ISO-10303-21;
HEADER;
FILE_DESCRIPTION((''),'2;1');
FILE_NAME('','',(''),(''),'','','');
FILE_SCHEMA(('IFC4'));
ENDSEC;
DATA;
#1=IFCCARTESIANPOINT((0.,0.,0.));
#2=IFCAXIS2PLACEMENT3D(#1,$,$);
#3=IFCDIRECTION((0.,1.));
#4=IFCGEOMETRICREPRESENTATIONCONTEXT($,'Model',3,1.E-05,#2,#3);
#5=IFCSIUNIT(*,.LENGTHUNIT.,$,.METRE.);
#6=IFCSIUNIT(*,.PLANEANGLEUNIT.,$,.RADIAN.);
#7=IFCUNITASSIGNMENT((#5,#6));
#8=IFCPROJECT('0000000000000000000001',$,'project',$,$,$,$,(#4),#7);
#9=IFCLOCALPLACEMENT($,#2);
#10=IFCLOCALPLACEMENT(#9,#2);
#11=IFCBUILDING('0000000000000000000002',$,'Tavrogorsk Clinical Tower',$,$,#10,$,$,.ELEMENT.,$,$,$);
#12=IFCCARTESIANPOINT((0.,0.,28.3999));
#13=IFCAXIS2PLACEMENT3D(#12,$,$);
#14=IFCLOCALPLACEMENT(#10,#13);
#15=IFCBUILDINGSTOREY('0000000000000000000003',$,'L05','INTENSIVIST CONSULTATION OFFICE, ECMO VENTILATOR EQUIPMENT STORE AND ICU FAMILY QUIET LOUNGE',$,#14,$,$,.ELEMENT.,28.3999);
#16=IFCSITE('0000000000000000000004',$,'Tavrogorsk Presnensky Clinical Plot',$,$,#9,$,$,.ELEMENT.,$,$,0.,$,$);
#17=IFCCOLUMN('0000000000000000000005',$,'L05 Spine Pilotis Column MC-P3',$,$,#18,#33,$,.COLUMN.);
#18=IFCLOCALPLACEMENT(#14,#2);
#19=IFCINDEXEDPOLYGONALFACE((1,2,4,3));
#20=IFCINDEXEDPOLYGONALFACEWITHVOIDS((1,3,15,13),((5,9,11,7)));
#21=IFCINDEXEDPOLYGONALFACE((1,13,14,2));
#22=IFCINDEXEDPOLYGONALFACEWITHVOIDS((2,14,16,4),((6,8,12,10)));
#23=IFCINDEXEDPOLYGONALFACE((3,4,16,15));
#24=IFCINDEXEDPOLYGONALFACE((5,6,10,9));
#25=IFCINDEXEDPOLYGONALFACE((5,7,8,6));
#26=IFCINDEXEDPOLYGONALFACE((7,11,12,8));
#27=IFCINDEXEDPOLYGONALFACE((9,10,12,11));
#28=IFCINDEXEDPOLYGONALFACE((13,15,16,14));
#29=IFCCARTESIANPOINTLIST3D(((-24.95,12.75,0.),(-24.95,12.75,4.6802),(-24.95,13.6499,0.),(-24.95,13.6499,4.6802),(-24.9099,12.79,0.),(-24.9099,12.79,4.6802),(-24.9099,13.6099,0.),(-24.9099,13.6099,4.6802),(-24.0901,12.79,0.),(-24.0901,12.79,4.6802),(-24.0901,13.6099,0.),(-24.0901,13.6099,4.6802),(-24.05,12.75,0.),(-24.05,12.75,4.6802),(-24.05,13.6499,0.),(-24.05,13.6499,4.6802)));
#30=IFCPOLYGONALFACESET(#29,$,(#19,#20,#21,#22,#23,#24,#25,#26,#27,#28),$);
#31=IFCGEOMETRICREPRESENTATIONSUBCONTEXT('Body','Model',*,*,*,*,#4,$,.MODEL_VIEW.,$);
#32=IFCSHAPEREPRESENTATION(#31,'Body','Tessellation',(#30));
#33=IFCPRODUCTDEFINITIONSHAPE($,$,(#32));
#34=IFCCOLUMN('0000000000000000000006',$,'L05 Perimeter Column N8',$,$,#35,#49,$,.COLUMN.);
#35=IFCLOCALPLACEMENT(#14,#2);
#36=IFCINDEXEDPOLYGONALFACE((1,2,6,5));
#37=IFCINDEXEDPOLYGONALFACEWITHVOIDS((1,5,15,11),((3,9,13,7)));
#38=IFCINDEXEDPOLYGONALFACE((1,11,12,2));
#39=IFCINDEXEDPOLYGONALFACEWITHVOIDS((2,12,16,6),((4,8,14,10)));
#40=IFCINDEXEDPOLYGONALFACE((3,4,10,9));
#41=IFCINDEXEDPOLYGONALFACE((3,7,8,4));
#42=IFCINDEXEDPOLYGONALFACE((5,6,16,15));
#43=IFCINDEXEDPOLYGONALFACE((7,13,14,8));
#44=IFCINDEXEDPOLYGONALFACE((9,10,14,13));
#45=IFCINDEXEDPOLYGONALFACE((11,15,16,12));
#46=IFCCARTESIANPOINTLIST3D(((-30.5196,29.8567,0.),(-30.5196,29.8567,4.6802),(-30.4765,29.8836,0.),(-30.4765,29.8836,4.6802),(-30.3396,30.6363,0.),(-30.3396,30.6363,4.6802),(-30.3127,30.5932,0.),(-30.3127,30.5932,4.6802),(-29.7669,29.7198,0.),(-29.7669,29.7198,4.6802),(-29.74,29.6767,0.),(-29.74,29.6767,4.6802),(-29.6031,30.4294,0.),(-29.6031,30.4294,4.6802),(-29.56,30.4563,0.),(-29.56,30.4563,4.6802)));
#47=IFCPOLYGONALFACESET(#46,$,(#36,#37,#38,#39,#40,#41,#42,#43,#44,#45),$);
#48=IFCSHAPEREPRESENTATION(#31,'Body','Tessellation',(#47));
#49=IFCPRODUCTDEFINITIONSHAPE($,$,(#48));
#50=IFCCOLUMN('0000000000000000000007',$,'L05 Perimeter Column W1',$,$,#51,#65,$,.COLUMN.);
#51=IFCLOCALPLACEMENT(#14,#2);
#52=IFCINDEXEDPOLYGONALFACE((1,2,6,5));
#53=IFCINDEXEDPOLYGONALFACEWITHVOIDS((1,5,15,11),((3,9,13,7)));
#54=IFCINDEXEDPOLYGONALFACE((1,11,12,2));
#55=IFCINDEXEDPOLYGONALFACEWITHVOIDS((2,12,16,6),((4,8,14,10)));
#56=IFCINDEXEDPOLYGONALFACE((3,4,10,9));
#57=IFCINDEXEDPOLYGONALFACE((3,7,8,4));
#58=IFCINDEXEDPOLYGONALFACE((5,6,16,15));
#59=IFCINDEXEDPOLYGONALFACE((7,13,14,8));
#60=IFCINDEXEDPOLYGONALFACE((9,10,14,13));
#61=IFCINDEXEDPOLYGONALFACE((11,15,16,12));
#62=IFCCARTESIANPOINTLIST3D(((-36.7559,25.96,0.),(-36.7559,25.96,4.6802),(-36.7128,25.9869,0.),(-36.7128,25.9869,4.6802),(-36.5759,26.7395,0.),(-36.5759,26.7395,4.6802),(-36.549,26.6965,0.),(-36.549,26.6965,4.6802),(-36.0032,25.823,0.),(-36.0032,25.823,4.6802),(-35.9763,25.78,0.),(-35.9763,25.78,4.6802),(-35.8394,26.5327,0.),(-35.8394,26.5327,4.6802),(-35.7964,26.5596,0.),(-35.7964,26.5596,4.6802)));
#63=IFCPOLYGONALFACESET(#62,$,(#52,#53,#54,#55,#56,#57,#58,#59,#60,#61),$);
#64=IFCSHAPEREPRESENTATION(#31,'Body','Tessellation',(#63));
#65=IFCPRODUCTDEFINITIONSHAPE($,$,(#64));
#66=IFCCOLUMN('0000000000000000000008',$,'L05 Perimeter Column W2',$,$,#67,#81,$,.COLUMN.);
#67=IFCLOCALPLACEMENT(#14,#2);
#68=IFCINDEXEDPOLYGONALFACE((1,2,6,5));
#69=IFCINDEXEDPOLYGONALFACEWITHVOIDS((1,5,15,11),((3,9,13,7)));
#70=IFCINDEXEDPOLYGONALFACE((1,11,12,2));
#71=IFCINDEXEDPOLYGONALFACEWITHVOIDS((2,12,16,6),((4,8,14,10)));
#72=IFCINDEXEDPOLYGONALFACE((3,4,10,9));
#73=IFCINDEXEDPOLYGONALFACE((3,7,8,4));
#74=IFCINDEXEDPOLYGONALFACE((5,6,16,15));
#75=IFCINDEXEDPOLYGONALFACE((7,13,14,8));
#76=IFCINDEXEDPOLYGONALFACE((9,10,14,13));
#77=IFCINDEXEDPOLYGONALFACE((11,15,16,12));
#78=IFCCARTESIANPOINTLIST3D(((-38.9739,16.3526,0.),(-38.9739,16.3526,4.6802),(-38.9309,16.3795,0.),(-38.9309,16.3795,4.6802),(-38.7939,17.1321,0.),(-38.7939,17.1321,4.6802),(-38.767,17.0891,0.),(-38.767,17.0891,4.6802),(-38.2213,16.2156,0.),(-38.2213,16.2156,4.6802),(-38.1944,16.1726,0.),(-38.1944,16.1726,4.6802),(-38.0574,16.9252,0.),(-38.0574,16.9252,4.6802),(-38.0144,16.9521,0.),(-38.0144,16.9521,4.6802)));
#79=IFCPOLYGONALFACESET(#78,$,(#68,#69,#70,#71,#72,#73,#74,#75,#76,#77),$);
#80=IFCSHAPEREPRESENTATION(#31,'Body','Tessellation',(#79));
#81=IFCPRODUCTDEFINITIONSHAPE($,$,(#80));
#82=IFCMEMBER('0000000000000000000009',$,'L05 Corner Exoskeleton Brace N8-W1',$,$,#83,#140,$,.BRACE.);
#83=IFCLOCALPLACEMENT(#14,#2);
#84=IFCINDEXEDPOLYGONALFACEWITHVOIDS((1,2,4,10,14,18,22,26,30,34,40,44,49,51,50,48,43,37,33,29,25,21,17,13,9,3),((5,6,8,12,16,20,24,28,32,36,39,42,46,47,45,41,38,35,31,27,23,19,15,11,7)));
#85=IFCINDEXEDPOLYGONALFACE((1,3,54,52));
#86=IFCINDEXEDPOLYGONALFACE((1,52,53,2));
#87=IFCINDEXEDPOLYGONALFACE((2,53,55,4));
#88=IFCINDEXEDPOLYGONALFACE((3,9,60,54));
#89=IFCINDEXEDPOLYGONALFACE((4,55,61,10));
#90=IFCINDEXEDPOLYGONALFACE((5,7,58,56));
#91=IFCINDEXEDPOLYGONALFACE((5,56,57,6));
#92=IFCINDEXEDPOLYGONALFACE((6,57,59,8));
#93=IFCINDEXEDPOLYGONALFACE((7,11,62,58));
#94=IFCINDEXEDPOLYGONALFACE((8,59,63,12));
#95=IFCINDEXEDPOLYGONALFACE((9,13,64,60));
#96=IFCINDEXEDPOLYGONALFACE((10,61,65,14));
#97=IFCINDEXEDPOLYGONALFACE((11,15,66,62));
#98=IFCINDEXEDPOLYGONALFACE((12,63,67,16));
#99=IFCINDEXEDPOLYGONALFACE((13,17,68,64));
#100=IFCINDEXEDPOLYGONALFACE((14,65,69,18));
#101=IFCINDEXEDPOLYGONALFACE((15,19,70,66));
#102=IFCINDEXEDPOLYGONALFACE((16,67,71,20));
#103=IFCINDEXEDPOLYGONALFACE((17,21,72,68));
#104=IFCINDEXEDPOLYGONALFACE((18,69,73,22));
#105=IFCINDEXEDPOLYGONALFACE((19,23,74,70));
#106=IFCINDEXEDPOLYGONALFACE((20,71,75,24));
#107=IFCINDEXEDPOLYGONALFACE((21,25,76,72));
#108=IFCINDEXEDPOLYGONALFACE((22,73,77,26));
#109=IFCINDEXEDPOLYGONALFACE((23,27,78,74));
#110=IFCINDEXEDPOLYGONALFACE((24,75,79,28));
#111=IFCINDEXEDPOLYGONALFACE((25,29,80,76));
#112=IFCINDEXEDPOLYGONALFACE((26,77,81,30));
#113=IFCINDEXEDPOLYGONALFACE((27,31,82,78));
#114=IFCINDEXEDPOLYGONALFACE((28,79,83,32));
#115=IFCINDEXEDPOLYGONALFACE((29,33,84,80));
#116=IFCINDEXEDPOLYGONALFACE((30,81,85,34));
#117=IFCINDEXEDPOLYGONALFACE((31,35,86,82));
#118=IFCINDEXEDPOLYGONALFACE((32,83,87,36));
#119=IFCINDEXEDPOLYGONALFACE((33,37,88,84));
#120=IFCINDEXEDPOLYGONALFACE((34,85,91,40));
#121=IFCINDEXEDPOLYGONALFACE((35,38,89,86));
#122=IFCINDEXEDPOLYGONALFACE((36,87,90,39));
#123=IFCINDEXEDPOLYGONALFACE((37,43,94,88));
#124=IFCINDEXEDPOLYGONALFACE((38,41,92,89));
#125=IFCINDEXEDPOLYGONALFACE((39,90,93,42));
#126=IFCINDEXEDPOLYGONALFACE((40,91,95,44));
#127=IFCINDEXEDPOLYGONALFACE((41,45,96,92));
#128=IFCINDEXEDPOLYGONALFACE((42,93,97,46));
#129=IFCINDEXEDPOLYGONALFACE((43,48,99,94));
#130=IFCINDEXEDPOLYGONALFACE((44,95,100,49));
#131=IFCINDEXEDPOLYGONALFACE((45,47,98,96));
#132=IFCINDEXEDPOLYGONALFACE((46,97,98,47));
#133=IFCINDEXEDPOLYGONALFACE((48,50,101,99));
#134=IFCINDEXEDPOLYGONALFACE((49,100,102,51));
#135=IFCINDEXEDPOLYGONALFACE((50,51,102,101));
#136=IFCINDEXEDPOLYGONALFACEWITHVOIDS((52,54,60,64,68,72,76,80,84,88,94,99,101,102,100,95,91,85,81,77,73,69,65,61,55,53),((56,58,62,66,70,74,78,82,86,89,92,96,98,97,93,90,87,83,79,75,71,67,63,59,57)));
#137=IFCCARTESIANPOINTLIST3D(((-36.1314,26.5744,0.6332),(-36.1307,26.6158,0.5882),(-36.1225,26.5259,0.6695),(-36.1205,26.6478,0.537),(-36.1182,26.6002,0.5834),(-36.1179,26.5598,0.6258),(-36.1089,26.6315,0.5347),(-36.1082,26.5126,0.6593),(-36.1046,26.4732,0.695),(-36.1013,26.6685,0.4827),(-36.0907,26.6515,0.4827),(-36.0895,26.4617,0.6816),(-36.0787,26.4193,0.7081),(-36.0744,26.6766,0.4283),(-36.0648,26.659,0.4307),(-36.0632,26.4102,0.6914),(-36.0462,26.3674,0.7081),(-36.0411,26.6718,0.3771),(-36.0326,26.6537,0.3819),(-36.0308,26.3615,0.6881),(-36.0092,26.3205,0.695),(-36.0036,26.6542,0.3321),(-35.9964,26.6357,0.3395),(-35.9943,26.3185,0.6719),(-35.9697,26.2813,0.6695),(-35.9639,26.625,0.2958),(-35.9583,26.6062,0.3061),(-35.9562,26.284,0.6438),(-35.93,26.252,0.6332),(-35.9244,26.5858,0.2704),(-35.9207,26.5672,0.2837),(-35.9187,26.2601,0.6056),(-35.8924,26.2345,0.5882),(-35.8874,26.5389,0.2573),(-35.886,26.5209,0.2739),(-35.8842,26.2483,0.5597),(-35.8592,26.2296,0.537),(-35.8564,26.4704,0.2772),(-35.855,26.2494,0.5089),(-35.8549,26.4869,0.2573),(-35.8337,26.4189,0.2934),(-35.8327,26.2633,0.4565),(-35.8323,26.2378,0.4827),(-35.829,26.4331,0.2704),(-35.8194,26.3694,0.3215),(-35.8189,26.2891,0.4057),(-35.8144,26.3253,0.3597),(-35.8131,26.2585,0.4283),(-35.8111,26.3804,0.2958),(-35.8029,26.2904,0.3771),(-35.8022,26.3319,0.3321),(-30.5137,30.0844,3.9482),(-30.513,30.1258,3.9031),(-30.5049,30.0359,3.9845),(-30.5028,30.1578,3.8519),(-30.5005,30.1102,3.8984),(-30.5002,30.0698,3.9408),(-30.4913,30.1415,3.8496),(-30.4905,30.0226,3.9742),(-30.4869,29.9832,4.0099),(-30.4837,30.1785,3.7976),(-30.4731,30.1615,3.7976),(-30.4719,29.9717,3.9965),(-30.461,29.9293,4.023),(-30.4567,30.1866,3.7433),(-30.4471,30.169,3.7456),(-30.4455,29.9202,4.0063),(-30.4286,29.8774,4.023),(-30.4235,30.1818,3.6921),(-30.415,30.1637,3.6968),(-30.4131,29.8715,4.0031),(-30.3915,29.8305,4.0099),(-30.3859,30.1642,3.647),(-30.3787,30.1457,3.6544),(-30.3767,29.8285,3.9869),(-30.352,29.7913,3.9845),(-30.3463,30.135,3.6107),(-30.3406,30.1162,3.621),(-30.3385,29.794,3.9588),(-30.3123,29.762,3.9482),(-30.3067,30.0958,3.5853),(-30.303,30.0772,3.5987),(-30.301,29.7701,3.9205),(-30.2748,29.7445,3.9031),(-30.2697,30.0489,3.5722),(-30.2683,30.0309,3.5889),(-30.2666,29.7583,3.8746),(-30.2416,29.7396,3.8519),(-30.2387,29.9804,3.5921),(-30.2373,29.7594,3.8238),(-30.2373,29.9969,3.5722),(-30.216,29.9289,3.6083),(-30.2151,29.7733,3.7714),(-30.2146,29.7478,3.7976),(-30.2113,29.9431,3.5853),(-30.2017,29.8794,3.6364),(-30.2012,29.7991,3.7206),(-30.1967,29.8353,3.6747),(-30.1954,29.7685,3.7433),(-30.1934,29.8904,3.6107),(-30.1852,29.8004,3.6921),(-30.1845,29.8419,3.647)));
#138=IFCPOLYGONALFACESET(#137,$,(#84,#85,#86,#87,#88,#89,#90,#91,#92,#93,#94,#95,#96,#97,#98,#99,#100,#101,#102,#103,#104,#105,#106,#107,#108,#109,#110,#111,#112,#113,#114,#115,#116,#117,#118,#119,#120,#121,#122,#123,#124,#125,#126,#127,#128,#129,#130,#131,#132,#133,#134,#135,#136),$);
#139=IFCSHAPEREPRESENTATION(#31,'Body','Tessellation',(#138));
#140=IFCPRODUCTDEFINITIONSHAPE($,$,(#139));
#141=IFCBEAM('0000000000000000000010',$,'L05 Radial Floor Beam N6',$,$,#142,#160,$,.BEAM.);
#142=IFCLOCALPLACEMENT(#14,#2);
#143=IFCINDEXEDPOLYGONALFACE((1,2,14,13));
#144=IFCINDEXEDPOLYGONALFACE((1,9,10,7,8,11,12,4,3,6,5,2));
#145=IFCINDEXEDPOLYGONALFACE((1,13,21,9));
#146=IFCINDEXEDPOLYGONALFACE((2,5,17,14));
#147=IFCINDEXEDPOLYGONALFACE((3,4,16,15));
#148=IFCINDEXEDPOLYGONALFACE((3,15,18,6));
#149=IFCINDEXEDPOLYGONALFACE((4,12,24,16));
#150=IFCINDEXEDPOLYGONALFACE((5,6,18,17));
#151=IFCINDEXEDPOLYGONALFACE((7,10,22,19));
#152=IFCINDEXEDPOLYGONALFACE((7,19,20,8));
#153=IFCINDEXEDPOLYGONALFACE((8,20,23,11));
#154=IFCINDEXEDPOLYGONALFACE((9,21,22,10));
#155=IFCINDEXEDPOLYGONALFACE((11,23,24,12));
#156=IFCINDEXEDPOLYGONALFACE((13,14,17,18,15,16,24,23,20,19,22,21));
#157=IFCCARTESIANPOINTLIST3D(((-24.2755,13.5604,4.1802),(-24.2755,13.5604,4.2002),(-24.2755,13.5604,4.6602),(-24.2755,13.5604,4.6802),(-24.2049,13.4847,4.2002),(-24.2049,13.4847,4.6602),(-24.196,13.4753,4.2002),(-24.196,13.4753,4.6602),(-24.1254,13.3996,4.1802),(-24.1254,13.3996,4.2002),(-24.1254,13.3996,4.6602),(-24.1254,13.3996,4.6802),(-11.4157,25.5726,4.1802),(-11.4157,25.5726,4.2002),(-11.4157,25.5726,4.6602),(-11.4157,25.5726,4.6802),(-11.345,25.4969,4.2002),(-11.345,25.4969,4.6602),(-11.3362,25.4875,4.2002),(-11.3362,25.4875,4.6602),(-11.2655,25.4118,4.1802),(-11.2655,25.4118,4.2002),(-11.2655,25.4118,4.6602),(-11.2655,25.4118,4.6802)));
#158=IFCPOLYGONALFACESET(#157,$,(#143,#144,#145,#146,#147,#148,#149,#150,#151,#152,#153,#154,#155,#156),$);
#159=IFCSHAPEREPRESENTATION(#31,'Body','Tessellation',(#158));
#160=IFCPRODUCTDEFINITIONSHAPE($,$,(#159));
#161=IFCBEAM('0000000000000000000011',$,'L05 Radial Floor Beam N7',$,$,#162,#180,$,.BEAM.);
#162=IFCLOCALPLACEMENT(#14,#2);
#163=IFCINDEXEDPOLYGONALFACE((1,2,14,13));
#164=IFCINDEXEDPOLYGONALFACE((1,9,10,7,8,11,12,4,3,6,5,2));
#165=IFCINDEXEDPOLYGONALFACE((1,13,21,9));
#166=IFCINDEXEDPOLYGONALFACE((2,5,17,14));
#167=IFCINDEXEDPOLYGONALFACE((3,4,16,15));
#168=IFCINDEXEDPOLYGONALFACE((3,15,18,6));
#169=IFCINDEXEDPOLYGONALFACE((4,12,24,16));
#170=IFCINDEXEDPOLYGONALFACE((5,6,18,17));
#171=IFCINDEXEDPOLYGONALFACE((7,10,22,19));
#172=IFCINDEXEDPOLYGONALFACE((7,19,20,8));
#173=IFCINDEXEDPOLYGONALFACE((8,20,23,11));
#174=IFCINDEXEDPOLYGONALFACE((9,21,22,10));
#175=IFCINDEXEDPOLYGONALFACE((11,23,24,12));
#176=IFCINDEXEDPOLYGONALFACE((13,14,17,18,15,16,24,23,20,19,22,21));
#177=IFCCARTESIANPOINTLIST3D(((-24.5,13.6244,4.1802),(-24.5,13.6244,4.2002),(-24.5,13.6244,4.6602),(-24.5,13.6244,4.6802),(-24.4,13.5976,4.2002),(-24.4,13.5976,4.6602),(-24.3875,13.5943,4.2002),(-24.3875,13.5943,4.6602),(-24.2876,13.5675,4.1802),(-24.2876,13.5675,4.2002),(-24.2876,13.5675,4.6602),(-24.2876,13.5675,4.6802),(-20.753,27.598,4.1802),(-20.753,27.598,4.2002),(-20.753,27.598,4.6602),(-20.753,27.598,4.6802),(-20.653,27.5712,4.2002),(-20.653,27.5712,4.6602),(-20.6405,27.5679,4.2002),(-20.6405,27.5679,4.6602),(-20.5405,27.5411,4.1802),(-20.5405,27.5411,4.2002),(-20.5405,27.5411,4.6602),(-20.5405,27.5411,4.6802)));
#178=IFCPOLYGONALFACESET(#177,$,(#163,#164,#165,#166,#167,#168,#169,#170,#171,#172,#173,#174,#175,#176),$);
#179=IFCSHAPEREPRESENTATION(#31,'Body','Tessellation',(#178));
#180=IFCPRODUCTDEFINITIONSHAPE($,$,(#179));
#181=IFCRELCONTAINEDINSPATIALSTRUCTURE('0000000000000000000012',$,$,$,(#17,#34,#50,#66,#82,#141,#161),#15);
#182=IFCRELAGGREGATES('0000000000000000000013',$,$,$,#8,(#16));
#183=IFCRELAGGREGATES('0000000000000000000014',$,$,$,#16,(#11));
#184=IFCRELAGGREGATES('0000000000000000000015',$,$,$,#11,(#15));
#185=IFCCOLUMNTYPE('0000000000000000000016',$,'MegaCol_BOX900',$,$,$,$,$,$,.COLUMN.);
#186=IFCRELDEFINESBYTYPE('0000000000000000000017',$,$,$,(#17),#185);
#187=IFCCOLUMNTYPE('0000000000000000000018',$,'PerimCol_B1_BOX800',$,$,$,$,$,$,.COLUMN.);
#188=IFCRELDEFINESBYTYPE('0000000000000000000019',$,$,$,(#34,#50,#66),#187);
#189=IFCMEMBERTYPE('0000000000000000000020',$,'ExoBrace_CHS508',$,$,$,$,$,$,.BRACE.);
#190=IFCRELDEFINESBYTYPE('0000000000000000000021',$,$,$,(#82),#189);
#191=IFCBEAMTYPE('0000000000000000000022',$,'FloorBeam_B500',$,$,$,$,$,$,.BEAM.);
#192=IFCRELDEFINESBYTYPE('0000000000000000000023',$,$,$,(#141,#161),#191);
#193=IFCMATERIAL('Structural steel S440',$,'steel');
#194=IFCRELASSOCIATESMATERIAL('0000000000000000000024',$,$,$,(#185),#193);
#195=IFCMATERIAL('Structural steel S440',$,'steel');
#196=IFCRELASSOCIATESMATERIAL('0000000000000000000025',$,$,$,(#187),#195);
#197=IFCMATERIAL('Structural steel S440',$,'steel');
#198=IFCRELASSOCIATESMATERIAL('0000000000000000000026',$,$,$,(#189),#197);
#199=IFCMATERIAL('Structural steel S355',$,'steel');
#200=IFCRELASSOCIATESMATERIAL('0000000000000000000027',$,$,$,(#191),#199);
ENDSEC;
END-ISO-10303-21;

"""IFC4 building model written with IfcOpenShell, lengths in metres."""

from ifc_helpers import new_model, si_unit, direction, frame, origin, origin_2d, place, context, subcontext, project, spatial, hollow_rectangle, hollow_circle, i_section, extrude, material, material_profile, profile_set, type_object, element, save


model = new_model("IFC4")

# Units and contexts
model_context = context("Model", 3, precision=1e-05, world=origin(), true_north=direction((0.0, 1.0)))
body_context = subcontext(model_context, "Body", "Model", "MODEL_VIEW")
ifc_project = project(units=[si_unit("LENGTHUNIT", "METRE"), si_unit("PLANEANGLEUNIT", "RADIAN")], contexts=[model_context])

# Site, building, storey
site_placement = place(None, origin())
site = spatial("IfcSite", under=ifc_project, at=site_placement, Name="Tavrogorsk Presnensky Clinical Plot", CompositionType="ELEMENT", RefElevation=0.0)
building_placement = place(site_placement, origin())
building = spatial("IfcBuilding", under=site, at=building_placement, Name="Tavrogorsk Clinical Tower", CompositionType="ELEMENT")
storey_placement = place(building_placement, frame((0.0, 0.0, 28.3999)))
storey = spatial("IfcBuildingStorey", under=building, at=storey_placement, Name="L05", Description="INTENSIVIST CONSULTATION OFFICE, ECMO VENTILATOR EQUIPMENT STORE AND ICU FAMILY QUIET LOUNGE", CompositionType="ELEMENT", Elevation=28.3999)

# Columns
ifc_material_1 = material(Name="Structural steel S440", Category="steel")
ifc_material_profile_1 = material_profile(ifc_material_1, hollow_rectangle(XDim=0.8999, YDim=0.8999, WallThickness=0.04, at=origin_2d()), Name="BOX-900x900x40")
ifc_profile_set_1 = profile_set([ifc_material_profile_1], Name="Structural steel S440")
column_type_1 = type_object("IfcColumnType", Name="MegaCol_BOX900", PredefinedType="COLUMN", material=ifc_profile_set_1)
column_placement = place(storey_placement, frame((-24.5, 13.2, 0.0), z_axis=(0.0, 0.0, 1.0), x_axis=(1.0, 0.0, 0.0)))
element("IfcColumn", 1, at=column_placement, inside=storey, type_object=column_type_1, Name="L05 Spine Pilotis Column MC-P3", PredefinedType="COLUMN", context=body_context, shape_type="SweptSolid", body=[
    extrude(hollow_rectangle(XDim=0.8999, YDim=0.8999, WallThickness=0.04, at=origin_2d()), origin(), (0.0, 0.0, 1.0), 4.6802),
])
ifc_material_2 = material(Name="Structural steel S440", Category="steel")
ifc_material_profile_2 = material_profile(ifc_material_2, hollow_rectangle(XDim=0.8, YDim=0.8, WallThickness=0.0359, at=origin_2d()), Name="BOX-800x800x36")
ifc_profile_set_2 = profile_set([ifc_material_profile_2], Name="Structural steel S440")
column_type_2 = type_object("IfcColumnType", Name="PerimCol_B1_BOX800", PredefinedType="COLUMN", material=ifc_profile_set_2)
for number, where, z_axis, x_axis, name in (
    (2, (-30.0398, 30.1565, 0.0), (0.0, 0.0, 1.0), (0.97437, -0.224951, 0.0), "L05 Perimeter Column N8"),
    (3, (-36.2761, 26.2598, 0.0), (0.0, 0.0, 1.0), (0.97437, -0.224951, 0.0), "L05 Perimeter Column W1"),
    (4, (-38.4941, 16.6523, 0.0), (0.0, 0.0, 1.0), (0.97437, -0.224951, 0.0), "L05 Perimeter Column W2"),
):
    element("IfcColumn", number, at=place(storey_placement, frame(where, z_axis=z_axis, x_axis=x_axis)), inside=storey, type_object=column_type_2, Name=name, PredefinedType="COLUMN", context=body_context, shape_type="SweptSolid", body=[
        extrude(hollow_rectangle(XDim=0.8, YDim=0.8, WallThickness=0.0359, at=origin_2d()), origin(), (0.0, 0.0, 1.0), 4.6802),
    ])

# Member
ifc_material_3 = material(Name="Structural steel S440", Category="steel")
ifc_material_profile_3 = material_profile(ifc_material_3, hollow_circle(Radius=0.2539, WallThickness=0.02, at=origin_2d()), Name="CHS-508x20")
ifc_profile_set_3 = profile_set([ifc_material_profile_3], Name="Structural steel S440")
member_type_1 = type_object("IfcMemberType", Name="ExoBrace_CHS508", PredefinedType="BRACE", material=ifc_profile_set_3)
member_1_placement = place(storey_placement, frame((-35.9668, 26.4531, 0.4827), z_axis=(0.758403, 0.473862, 0.447527), x_axis=(-0.529886, 0.848069, 0.0)))
element("IfcMember", 5, at=member_1_placement, inside=storey, type_object=member_type_1, Name="L05 Corner Exoskeleton Brace N8-W1", PredefinedType="BRACE", context=body_context, shape_type="SweptSolid", body=[
    extrude(hollow_circle(Radius=0.2539, WallThickness=0.02, at=origin_2d()), origin(), (0.0, 0.0, 1.0), 7.4072),
])

# Beams
ifc_material_4 = material(Name="Structural steel S355", Category="steel")
ifc_material_profile_4 = material_profile(ifc_material_4, i_section(OverallWidth=0.22, OverallDepth=0.5, WebThickness=0.0129, FlangeThickness=0.02, at=origin_2d()), Name="B-500x220x13x20")
ifc_profile_set_4 = profile_set([ifc_material_profile_4], Name="Structural steel S355")
beam_type_1 = type_object("IfcBeamType", Name="FloorBeam_B500", PredefinedType="BEAM", material=ifc_profile_set_4)
beam_1_placement = place(storey_placement, frame((-24.2004, 13.48, 4.4302), z_axis=(0.730781, 0.682612, 0.0), x_axis=(-0.682612, 0.730781, 0.0)))
element("IfcBeam", 6, at=beam_1_placement, inside=storey, type_object=beam_type_1, Name="L05 Radial Floor Beam N6", PredefinedType="BEAM", context=body_context, shape_type="SweptSolid", body=[
    extrude(i_section(OverallWidth=0.22, OverallDepth=0.5, WebThickness=0.0129, FlangeThickness=0.02, at=origin_2d()), origin(), (0.0, 0.0, 1.0), 17.5974),
])
beam_2_placement = place(storey_placement, frame((-24.3938, 13.5959, 4.4302), z_axis=(0.259003, 0.965877, 0.0), x_axis=(-0.965877, 0.259003, 0.0)))
element("IfcBeam", 7, at=beam_2_placement, inside=storey, type_object=beam_type_1, Name="L05 Radial Floor Beam N7", PredefinedType="BEAM", context=body_context, shape_type="SweptSolid", body=[
    extrude(i_section(OverallWidth=0.22, OverallDepth=0.5, WebThickness=0.0129, FlangeThickness=0.02, at=origin_2d()), origin(), (0.0, 0.0, 1.0), 14.4673),
])

save(model, "model.ifc")
